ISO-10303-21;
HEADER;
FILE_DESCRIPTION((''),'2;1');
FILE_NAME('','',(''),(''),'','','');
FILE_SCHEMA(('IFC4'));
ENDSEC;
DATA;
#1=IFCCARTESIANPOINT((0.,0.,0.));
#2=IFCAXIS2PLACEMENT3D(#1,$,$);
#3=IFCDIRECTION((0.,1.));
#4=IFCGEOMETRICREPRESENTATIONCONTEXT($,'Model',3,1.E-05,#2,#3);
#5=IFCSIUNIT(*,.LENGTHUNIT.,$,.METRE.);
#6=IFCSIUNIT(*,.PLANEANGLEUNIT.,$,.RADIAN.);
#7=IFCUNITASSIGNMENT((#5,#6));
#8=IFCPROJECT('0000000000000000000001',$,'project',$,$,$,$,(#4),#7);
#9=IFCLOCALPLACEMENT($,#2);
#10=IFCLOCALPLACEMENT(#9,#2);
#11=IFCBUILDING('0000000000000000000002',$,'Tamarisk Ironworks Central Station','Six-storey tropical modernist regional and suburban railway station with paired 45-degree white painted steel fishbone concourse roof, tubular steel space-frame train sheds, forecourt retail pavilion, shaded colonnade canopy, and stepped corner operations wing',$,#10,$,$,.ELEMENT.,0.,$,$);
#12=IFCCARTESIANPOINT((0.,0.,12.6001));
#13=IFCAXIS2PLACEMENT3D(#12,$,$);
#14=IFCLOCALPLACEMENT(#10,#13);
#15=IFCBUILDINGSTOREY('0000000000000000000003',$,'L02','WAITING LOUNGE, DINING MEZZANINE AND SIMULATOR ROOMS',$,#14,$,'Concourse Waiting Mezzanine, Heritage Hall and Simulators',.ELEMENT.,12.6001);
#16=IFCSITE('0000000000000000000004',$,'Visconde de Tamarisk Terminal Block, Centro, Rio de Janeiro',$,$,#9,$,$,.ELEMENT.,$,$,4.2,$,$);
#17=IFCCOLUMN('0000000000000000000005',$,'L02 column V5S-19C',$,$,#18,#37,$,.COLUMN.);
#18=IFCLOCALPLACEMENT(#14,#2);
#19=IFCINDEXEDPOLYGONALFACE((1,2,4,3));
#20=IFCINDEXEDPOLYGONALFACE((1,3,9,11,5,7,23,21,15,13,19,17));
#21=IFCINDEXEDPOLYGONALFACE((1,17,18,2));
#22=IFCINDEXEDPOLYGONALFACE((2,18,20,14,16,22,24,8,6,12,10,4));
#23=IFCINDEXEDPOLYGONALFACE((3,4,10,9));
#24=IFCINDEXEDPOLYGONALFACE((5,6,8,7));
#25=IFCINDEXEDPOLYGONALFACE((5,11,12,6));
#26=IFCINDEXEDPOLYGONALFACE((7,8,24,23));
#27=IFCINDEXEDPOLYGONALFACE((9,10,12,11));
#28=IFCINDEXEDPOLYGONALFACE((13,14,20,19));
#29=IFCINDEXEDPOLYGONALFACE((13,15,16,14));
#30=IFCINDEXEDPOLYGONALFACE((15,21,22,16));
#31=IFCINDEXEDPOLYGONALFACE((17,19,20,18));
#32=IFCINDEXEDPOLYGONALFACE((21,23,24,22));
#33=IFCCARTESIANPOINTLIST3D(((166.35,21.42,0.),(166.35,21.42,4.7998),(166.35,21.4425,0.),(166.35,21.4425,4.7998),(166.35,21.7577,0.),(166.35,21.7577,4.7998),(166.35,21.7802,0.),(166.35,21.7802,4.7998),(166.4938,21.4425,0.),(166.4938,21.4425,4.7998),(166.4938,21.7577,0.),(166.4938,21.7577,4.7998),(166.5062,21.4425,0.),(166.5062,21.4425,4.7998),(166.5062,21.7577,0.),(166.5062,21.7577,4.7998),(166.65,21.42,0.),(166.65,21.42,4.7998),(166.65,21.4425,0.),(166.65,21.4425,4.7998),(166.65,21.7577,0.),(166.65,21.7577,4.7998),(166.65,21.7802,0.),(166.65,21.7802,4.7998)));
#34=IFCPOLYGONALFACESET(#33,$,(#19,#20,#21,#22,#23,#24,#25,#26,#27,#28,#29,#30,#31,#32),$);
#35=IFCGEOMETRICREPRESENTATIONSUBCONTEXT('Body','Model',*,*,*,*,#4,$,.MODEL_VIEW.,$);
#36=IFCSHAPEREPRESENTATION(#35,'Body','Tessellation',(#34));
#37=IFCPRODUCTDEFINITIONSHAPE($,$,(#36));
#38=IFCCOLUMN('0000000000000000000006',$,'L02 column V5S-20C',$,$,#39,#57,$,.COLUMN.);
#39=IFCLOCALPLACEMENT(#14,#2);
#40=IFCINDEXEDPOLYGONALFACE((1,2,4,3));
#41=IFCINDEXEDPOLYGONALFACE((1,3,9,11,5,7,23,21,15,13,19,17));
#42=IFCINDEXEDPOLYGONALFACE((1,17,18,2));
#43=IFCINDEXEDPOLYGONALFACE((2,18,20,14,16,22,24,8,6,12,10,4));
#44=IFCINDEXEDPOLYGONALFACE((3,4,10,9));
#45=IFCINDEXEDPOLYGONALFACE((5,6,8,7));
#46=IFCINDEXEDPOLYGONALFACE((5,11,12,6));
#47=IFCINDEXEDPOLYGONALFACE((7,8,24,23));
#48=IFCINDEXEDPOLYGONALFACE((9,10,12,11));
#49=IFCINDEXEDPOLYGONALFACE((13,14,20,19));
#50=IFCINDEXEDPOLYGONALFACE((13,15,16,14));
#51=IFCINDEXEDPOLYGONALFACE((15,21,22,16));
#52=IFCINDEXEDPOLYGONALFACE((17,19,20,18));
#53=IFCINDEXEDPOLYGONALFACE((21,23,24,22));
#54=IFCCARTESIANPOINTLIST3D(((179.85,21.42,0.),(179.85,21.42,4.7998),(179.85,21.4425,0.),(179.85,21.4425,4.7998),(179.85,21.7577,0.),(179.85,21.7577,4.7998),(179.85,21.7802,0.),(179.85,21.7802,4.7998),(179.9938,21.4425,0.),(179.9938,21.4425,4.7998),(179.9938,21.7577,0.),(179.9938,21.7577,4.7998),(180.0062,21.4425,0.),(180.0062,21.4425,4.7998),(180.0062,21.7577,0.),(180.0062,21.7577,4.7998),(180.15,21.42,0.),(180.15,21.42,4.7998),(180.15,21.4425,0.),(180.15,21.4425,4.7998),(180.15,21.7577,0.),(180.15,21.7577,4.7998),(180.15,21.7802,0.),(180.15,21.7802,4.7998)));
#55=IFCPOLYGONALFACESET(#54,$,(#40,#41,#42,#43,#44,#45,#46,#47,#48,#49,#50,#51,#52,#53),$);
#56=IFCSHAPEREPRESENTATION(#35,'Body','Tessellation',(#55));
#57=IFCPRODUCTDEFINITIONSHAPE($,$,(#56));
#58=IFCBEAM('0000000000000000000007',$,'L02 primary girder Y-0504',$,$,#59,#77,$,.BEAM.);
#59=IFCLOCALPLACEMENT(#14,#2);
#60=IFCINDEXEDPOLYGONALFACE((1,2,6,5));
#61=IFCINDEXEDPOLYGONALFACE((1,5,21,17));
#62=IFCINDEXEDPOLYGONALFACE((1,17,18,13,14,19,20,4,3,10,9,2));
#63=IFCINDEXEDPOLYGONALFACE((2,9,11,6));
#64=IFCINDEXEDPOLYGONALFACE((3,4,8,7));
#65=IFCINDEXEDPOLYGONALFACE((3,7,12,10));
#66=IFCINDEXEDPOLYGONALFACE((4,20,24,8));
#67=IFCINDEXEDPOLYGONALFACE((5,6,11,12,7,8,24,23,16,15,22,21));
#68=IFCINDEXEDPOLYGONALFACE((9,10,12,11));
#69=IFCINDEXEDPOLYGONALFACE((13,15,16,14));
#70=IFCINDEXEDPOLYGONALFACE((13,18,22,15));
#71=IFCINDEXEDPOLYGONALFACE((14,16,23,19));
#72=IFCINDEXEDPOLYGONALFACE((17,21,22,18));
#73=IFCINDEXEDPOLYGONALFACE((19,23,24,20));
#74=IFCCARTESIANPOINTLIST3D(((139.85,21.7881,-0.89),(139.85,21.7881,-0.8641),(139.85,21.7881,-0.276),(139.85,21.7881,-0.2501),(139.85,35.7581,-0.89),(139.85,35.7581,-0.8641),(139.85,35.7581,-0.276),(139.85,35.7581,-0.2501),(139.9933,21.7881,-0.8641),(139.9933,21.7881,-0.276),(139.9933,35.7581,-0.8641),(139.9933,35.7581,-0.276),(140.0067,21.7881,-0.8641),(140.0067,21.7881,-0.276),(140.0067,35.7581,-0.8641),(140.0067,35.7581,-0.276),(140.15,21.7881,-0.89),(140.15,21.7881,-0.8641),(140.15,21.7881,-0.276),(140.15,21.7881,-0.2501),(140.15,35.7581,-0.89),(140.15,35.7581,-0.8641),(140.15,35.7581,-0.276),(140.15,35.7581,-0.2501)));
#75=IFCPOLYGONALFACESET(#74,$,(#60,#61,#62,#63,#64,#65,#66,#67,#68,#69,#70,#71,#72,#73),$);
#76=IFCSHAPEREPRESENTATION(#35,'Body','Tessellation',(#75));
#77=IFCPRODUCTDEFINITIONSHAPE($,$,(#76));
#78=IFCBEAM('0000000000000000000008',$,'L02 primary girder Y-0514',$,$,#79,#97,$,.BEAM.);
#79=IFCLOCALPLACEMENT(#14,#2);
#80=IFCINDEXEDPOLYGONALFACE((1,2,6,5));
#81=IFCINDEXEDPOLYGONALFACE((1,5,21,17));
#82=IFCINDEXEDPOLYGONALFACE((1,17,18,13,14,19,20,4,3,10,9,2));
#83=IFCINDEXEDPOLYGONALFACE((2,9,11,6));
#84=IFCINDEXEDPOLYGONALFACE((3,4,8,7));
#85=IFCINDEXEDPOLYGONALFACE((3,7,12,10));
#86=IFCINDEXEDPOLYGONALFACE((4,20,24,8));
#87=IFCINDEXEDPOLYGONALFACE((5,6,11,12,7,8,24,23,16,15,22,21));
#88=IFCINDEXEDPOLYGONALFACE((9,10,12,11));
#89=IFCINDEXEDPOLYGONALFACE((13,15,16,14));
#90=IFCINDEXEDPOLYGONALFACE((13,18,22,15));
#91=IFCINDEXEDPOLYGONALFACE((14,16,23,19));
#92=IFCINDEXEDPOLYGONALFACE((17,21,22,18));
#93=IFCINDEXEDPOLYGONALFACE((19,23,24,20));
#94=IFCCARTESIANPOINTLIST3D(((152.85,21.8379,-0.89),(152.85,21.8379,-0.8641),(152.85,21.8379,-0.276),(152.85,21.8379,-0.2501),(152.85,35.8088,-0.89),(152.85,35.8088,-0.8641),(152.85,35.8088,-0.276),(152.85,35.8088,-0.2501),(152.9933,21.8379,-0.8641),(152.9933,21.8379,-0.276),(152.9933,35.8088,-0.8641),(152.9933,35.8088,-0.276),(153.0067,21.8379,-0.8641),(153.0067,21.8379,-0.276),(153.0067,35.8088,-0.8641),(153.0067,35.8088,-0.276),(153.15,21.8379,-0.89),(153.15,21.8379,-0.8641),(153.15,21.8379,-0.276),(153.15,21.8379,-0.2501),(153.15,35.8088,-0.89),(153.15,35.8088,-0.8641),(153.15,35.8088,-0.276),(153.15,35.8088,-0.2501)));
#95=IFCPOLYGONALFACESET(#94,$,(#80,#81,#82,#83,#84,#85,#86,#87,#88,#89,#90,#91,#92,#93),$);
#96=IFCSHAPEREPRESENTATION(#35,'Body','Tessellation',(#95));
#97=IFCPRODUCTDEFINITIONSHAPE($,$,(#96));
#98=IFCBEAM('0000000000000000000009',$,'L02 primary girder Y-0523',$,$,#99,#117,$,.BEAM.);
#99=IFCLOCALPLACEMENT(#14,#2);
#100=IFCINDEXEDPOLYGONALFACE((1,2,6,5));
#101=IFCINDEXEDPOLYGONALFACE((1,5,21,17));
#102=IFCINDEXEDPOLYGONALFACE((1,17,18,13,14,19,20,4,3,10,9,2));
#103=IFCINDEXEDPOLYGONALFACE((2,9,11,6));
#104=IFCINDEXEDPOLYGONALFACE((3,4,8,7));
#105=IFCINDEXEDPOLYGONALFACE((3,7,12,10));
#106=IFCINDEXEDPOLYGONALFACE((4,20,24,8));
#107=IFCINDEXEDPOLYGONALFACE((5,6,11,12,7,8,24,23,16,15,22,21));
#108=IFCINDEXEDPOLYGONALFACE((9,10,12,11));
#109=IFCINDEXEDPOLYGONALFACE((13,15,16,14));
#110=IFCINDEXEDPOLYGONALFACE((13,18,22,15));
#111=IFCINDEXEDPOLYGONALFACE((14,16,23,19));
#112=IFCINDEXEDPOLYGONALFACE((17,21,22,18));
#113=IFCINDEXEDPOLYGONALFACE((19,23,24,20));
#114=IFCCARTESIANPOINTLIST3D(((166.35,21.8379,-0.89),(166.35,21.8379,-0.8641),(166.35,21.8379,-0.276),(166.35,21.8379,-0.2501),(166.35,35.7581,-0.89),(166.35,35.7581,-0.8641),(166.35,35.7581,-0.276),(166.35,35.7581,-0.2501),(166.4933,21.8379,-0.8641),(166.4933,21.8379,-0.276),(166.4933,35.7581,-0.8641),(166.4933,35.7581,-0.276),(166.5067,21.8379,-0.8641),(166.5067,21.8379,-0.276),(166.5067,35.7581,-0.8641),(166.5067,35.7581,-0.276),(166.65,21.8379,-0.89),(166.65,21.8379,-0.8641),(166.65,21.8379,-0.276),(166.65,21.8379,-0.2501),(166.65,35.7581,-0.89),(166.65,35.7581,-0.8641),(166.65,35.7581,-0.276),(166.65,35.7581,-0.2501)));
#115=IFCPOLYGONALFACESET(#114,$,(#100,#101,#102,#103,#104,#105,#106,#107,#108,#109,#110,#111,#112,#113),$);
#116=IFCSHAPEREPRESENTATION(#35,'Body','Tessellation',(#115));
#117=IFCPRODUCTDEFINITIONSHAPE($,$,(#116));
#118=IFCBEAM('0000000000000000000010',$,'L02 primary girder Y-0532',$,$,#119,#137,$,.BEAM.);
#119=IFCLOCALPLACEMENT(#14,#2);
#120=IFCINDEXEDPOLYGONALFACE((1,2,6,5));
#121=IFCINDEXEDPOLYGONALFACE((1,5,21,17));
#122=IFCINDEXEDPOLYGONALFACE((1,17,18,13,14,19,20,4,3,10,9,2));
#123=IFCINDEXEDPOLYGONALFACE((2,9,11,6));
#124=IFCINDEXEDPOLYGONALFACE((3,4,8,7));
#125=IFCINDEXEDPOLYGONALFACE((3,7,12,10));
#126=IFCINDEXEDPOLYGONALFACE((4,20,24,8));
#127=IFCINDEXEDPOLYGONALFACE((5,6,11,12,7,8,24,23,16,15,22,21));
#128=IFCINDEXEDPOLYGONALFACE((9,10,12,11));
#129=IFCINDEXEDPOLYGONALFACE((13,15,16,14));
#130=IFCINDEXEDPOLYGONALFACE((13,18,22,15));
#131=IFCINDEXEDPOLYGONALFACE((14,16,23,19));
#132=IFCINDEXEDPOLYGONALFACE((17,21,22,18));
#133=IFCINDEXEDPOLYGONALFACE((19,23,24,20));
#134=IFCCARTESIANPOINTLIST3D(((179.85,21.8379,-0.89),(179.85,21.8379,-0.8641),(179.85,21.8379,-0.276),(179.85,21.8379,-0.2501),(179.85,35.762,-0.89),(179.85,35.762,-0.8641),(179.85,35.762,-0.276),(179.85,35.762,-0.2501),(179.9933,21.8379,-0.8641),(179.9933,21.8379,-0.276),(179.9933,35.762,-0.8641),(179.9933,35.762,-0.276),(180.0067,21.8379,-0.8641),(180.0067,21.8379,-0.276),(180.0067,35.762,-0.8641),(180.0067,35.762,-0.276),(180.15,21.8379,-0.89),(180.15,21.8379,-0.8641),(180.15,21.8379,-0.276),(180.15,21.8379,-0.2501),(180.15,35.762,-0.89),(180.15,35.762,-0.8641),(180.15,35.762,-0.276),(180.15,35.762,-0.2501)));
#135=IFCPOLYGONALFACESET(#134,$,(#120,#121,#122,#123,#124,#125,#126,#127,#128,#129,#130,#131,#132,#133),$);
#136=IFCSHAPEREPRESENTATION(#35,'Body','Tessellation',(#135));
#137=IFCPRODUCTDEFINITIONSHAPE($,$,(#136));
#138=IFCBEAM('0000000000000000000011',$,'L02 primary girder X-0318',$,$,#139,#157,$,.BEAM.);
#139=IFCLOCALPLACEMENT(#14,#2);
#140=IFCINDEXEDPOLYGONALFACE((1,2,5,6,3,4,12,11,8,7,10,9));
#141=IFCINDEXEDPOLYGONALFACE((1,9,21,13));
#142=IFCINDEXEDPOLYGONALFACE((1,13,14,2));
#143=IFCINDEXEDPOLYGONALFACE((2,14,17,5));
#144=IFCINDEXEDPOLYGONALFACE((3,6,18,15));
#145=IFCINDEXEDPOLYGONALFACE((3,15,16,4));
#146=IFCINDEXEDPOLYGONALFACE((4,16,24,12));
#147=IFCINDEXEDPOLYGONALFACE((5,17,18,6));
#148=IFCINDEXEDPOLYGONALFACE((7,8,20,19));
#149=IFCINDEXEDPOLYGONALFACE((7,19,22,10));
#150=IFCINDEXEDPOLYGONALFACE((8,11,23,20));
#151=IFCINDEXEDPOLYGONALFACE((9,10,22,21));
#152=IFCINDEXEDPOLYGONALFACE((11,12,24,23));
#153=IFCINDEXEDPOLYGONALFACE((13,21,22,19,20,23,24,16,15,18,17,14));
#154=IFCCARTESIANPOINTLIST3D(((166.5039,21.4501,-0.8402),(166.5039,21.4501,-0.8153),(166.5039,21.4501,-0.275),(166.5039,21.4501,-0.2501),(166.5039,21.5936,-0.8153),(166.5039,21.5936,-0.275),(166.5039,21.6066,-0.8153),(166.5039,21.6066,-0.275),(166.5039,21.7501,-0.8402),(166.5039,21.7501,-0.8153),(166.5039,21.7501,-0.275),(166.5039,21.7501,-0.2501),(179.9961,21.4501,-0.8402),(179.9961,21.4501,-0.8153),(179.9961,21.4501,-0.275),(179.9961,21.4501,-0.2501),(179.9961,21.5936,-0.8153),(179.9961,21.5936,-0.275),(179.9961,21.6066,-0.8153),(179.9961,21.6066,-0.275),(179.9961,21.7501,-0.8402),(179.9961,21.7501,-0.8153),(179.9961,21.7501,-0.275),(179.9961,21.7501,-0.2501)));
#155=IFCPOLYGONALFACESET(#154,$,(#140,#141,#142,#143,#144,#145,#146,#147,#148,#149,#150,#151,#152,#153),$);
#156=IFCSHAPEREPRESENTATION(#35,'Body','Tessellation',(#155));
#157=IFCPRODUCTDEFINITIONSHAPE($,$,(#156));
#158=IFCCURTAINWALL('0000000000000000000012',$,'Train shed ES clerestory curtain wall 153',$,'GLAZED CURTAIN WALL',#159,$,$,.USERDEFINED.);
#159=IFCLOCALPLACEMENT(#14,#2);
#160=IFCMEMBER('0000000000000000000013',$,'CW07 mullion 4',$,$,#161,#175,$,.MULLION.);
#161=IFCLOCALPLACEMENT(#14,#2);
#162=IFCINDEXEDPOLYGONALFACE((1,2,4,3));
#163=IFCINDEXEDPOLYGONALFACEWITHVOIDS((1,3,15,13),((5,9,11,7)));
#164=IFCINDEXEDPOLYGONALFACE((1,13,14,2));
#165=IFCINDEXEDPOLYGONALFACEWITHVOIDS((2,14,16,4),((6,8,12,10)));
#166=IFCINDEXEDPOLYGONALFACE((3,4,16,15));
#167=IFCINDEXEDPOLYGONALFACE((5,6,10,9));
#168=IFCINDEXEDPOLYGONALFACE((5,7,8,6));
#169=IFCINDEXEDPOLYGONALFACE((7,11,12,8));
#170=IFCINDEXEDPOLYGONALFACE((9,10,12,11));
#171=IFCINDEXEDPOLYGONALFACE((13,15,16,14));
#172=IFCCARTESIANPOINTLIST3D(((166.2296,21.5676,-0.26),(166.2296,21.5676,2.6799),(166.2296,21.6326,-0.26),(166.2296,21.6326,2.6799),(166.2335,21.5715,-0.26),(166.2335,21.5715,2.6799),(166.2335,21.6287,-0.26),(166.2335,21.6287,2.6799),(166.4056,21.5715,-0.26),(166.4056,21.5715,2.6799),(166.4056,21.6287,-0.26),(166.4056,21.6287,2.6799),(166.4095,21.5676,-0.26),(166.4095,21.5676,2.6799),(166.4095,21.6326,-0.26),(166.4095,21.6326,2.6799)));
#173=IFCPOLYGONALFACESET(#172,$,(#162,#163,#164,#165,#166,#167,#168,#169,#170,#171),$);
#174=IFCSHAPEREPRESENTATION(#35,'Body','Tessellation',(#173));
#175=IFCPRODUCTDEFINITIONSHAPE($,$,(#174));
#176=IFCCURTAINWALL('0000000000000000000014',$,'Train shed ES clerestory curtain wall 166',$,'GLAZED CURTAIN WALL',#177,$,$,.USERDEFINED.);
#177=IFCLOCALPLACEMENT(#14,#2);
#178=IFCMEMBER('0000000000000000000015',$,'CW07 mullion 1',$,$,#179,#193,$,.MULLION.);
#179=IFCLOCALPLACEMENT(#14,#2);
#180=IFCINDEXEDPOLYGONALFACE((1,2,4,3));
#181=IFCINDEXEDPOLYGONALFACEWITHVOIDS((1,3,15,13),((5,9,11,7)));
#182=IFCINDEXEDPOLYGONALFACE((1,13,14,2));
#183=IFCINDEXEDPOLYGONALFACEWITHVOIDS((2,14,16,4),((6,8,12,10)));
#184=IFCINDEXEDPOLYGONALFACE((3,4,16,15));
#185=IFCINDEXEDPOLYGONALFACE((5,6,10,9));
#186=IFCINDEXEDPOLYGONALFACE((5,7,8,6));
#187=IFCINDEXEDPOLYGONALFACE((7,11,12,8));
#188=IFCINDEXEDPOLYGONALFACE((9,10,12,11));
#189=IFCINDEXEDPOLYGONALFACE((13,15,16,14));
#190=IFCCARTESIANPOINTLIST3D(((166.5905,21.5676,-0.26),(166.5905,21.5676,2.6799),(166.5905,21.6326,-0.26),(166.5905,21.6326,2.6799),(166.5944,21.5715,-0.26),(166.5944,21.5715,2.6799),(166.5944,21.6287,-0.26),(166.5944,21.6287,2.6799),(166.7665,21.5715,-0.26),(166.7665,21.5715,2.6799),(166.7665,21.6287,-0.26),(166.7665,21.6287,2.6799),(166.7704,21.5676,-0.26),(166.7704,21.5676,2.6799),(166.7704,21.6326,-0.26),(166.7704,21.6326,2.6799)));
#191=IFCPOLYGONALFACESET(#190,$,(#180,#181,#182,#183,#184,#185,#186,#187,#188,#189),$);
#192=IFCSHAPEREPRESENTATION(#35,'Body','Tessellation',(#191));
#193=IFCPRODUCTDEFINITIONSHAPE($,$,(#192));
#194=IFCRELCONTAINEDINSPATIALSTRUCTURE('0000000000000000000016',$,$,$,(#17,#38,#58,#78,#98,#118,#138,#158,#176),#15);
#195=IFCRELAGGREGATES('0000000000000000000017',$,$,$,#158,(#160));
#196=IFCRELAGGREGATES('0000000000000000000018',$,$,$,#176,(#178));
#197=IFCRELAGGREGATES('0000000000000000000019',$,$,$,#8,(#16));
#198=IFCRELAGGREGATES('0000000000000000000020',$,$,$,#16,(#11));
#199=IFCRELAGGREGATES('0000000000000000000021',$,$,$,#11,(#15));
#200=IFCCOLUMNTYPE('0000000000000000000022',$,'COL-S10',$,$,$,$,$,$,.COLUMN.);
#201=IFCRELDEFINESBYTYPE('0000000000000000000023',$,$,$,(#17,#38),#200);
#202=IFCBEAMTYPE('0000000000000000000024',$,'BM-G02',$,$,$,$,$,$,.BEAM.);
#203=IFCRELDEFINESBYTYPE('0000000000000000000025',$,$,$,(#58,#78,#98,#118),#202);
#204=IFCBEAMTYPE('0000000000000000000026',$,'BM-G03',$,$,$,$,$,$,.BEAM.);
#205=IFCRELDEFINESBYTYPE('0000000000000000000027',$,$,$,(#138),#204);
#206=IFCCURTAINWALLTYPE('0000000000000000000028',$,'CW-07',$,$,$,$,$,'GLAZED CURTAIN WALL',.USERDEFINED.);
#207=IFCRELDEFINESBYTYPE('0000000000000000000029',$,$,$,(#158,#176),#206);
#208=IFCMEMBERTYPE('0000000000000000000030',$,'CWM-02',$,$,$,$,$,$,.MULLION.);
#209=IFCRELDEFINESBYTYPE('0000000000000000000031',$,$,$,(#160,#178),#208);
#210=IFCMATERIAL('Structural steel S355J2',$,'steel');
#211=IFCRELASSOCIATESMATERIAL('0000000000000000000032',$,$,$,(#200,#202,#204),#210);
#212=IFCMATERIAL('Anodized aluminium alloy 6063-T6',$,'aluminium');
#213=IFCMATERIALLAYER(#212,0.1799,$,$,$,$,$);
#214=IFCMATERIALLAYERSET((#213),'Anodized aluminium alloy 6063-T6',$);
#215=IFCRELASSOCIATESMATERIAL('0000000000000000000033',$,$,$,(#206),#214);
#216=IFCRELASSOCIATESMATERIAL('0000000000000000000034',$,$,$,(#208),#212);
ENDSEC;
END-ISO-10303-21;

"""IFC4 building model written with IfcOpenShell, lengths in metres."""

from ifc_helpers import new_model, si_unit, direction, frame, origin, origin_2d, place, context, subcontext, project, spatial, hollow_rectangle, i_section, extrude, material, layer, layer_set, material_profile, profile_set, type_object, element, aggregate, save


model = new_model("IFC4")

# Units and contexts
model_context = context("Model", 3, precision=1e-05, world=origin(), true_north=direction((0.0, 1.0)))
body_context = subcontext(model_context, "Body", "Model", "MODEL_VIEW")
ifc_project = project(units=[si_unit("LENGTHUNIT", "METRE"), si_unit("PLANEANGLEUNIT", "RADIAN")], contexts=[model_context])

# Site, building, storey
site_placement = place(None, origin())
site = spatial("IfcSite", under=ifc_project, at=site_placement, Name="Visconde de Tamarisk Terminal Block, Centro, Rio de Janeiro", CompositionType="ELEMENT", RefElevation=4.2)
building_placement = place(site_placement, origin())
building = spatial("IfcBuilding", under=site, at=building_placement, Name="Tamarisk Ironworks Central Station", Description="Six-storey tropical modernist regional and suburban railway station with paired 45-degree white painted steel fishbone concourse roof, tubular steel space-frame train sheds, forecourt retail pavilion, shaded colonnade canopy, and stepped corner operations wing", CompositionType="ELEMENT", ElevationOfRefHeight=0.0)
storey_placement = place(building_placement, frame((0.0, 0.0, 12.6001)))
storey = spatial("IfcBuildingStorey", under=building, at=storey_placement, Name="L02", Description="WAITING LOUNGE, DINING MEZZANINE AND SIMULATOR ROOMS", LongName="Concourse Waiting Mezzanine, Heritage Hall and Simulators", CompositionType="ELEMENT", Elevation=12.6001)

# Columns
ifc_material_1 = material(Name="Structural steel S355J2", Category="steel")
ifc_material_profile_1 = material_profile(ifc_material_1, i_section(OverallWidth=0.3, OverallDepth=0.3601, WebThickness=0.0125, FlangeThickness=0.0225, at=origin_2d()), Name="HEB 360")
ifc_profile_set_1 = profile_set([ifc_material_profile_1], Name="Structural steel S355J2")
column_type = type_object("IfcColumnType", Name="COL-S10", PredefinedType="COLUMN", material=ifc_profile_set_1)
for number, where, z_axis, x_axis, name in (
    (1, (166.5, 21.6001, 0.0), (0.0, 0.0, 1.0), (1.0, 0.0, 0.0), "L02 column V5S-19C"),
    (2, (180.0, 21.6001, 0.0), (0.0, 0.0, 1.0), (1.0, 0.0, 0.0), "L02 column V5S-20C"),
):
    element("IfcColumn", number, at=place(storey_placement, frame(where, z_axis=z_axis, x_axis=x_axis)), inside=storey, type_object=column_type, Name=name, PredefinedType="COLUMN", context=body_context, shape_type="SweptSolid", body=[
        extrude(i_section(OverallWidth=0.3, OverallDepth=0.3601, WebThickness=0.0125, FlangeThickness=0.0225, at=origin_2d()), origin(), (0.0, 0.0, 1.0), 4.7998),
    ])

# Beams
ifc_material_profile_2 = material_profile(ifc_material_1, i_section(OverallWidth=0.3, OverallDepth=0.6399, WebThickness=0.0134, FlangeThickness=0.0259, at=origin_2d()), Name="HEA 650")
ifc_profile_set_2 = profile_set([ifc_material_profile_2], Name="Structural steel S355J2")
beam_type_1 = type_object("IfcBeamType", Name="BM-G02", PredefinedType="BEAM", material=ifc_profile_set_2)
beam_1_placement = place(storey_placement, frame((140.0, 21.7881, -0.5701), z_axis=(0.0, 1.0, 0.0), x_axis=(-1.0, 0.0, 0.0)))
element("IfcBeam", 3, at=beam_1_placement, inside=storey, type_object=beam_type_1, Name="L02 primary girder Y-0504", PredefinedType="BEAM", context=body_context, shape_type="SweptSolid", body=[
    extrude(i_section(OverallWidth=0.3, OverallDepth=0.6399, WebThickness=0.0134, FlangeThickness=0.0259, at=origin_2d()), origin(), (0.0, 0.0, 1.0), 13.97),
])
beam_2_placement = place(storey_placement, frame((153.0, 21.8379, -0.5701), z_axis=(0.0, 1.0, 0.0), x_axis=(-1.0, 0.0, 0.0)))
element("IfcBeam", 4, at=beam_2_placement, inside=storey, type_object=beam_type_1, Name="L02 primary girder Y-0514", PredefinedType="BEAM", context=body_context, shape_type="SweptSolid", body=[
    extrude(i_section(OverallWidth=0.3, OverallDepth=0.6399, WebThickness=0.0134, FlangeThickness=0.0259, at=origin_2d()), origin(), (0.0, 0.0, 1.0), 13.9709),
])
beam_3_placement = place(storey_placement, frame((166.5, 21.8379, -0.5701), z_axis=(0.0, 1.0, 0.0), x_axis=(-1.0, 0.0, 0.0)))
element("IfcBeam", 5, at=beam_3_placement, inside=storey, type_object=beam_type_1, Name="L02 primary girder Y-0523", PredefinedType="BEAM", context=body_context, shape_type="SweptSolid", body=[
    extrude(i_section(OverallWidth=0.3, OverallDepth=0.6399, WebThickness=0.0134, FlangeThickness=0.0259, at=origin_2d()), origin(), (0.0, 0.0, 1.0), 13.9202),
])
beam_4_placement = place(storey_placement, frame((180.0, 21.8379, -0.5701), z_axis=(0.0, 1.0, 0.0), x_axis=(-1.0, 0.0, 0.0)))
element("IfcBeam", 6, at=beam_4_placement, inside=storey, type_object=beam_type_1, Name="L02 primary girder Y-0532", PredefinedType="BEAM", context=body_context, shape_type="SweptSolid", body=[
    extrude(i_section(OverallWidth=0.3, OverallDepth=0.6399, WebThickness=0.0134, FlangeThickness=0.0259, at=origin_2d()), origin(), (0.0, 0.0, 1.0), 13.9241),
])
ifc_material_profile_3 = material_profile(ifc_material_1, i_section(OverallWidth=0.3, OverallDepth=0.5901, WebThickness=0.0129, FlangeThickness=0.0249, at=origin_2d()), Name="HEA 600")
ifc_profile_set_3 = profile_set([ifc_material_profile_3], Name="Structural steel S355J2")
beam_type_2 = type_object("IfcBeamType", Name="BM-G03", PredefinedType="BEAM", material=ifc_profile_set_3)
beam_5_placement = place(storey_placement, frame((166.5039, 21.6001, -0.5452), z_axis=(1.0, 0.0, 0.0), x_axis=(0.0, 1.0, 0.0)))
element("IfcBeam", 7, at=beam_5_placement, inside=storey, type_object=beam_type_2, Name="L02 primary girder X-0318", PredefinedType="BEAM", context=body_context, shape_type="SweptSolid", body=[
    extrude(i_section(OverallWidth=0.3, OverallDepth=0.5901, WebThickness=0.0129, FlangeThickness=0.0249, at=origin_2d()), origin(), (0.0, 0.0, 1.0), 13.4922),
])

# Curtain wall, member
ifc_material_2 = material(Name="Anodized aluminium alloy 6063-T6", Category="aluminium")
ifc_layer_1 = layer(ifc_material_2, 0.1799)
ifc_layer_set_1 = layer_set([ifc_layer_1], Name="Anodized aluminium alloy 6063-T6")
curtain_wall_type = type_object("IfcCurtainWallType", Name="CW-07", ElementType="GLAZED CURTAIN WALL", PredefinedType="USERDEFINED", material=ifc_layer_set_1)
curtain_wall_1_placement = place(storey_placement, origin())
curtain_wall_1 = element("IfcCurtainWall", 8, at=curtain_wall_1_placement, inside=storey, type_object=curtain_wall_type, Name="Train shed ES clerestory curtain wall 153", ObjectType="GLAZED CURTAIN WALL", PredefinedType="USERDEFINED")
ifc_material_profile_4 = material_profile(ifc_material_2, hollow_rectangle(XDim=0.0649, YDim=0.1799, WallThickness=0.0039, at=origin_2d()), Name="ALUM 180x65")
ifc_profile_set_4 = profile_set([ifc_material_profile_4], Name="Anodized aluminium alloy 6063-T6")
member_type_1 = type_object("IfcMemberType", Name="CWM-02", PredefinedType="MULLION", material=ifc_profile_set_4)
member_1_placement = place(storey_placement, frame((166.3196, 21.6001, -0.26), z_axis=(0.0, 0.0, 1.0), x_axis=(0.0, 1.0, 0.0)))
member_1 = element("IfcMember", 9, at=member_1_placement, type_object=member_type_1, Name="CW07 mullion 4", PredefinedType="MULLION", context=body_context, shape_type="SweptSolid", body=[
    extrude(hollow_rectangle(XDim=0.0649, YDim=0.1799, WallThickness=0.0039, at=origin_2d()), origin(), (0.0, 0.0, 1.0), 2.9399),
])

# Curtain wall, member
curtain_wall_2_placement = place(storey_placement, origin())
curtain_wall_2 = element("IfcCurtainWall", 10, at=curtain_wall_2_placement, inside=storey, type_object=curtain_wall_type, Name="Train shed ES clerestory curtain wall 166", ObjectType="GLAZED CURTAIN WALL", PredefinedType="USERDEFINED")
member_2_placement = place(storey_placement, frame((166.6804, 21.6001, -0.26), z_axis=(0.0, 0.0, 1.0), x_axis=(0.0, 1.0, 0.0)))
member_2 = element("IfcMember", 11, at=member_2_placement, type_object=member_type_1, Name="CW07 mullion 1", PredefinedType="MULLION", context=body_context, shape_type="SweptSolid", body=[
    extrude(hollow_rectangle(XDim=0.0649, YDim=0.1799, WallThickness=0.0039, at=origin_2d()), origin(), (0.0, 0.0, 1.0), 2.9399),
])

aggregate(curtain_wall_1, [member_1])
aggregate(curtain_wall_2, [member_2])

save(model, "model.ifc")
